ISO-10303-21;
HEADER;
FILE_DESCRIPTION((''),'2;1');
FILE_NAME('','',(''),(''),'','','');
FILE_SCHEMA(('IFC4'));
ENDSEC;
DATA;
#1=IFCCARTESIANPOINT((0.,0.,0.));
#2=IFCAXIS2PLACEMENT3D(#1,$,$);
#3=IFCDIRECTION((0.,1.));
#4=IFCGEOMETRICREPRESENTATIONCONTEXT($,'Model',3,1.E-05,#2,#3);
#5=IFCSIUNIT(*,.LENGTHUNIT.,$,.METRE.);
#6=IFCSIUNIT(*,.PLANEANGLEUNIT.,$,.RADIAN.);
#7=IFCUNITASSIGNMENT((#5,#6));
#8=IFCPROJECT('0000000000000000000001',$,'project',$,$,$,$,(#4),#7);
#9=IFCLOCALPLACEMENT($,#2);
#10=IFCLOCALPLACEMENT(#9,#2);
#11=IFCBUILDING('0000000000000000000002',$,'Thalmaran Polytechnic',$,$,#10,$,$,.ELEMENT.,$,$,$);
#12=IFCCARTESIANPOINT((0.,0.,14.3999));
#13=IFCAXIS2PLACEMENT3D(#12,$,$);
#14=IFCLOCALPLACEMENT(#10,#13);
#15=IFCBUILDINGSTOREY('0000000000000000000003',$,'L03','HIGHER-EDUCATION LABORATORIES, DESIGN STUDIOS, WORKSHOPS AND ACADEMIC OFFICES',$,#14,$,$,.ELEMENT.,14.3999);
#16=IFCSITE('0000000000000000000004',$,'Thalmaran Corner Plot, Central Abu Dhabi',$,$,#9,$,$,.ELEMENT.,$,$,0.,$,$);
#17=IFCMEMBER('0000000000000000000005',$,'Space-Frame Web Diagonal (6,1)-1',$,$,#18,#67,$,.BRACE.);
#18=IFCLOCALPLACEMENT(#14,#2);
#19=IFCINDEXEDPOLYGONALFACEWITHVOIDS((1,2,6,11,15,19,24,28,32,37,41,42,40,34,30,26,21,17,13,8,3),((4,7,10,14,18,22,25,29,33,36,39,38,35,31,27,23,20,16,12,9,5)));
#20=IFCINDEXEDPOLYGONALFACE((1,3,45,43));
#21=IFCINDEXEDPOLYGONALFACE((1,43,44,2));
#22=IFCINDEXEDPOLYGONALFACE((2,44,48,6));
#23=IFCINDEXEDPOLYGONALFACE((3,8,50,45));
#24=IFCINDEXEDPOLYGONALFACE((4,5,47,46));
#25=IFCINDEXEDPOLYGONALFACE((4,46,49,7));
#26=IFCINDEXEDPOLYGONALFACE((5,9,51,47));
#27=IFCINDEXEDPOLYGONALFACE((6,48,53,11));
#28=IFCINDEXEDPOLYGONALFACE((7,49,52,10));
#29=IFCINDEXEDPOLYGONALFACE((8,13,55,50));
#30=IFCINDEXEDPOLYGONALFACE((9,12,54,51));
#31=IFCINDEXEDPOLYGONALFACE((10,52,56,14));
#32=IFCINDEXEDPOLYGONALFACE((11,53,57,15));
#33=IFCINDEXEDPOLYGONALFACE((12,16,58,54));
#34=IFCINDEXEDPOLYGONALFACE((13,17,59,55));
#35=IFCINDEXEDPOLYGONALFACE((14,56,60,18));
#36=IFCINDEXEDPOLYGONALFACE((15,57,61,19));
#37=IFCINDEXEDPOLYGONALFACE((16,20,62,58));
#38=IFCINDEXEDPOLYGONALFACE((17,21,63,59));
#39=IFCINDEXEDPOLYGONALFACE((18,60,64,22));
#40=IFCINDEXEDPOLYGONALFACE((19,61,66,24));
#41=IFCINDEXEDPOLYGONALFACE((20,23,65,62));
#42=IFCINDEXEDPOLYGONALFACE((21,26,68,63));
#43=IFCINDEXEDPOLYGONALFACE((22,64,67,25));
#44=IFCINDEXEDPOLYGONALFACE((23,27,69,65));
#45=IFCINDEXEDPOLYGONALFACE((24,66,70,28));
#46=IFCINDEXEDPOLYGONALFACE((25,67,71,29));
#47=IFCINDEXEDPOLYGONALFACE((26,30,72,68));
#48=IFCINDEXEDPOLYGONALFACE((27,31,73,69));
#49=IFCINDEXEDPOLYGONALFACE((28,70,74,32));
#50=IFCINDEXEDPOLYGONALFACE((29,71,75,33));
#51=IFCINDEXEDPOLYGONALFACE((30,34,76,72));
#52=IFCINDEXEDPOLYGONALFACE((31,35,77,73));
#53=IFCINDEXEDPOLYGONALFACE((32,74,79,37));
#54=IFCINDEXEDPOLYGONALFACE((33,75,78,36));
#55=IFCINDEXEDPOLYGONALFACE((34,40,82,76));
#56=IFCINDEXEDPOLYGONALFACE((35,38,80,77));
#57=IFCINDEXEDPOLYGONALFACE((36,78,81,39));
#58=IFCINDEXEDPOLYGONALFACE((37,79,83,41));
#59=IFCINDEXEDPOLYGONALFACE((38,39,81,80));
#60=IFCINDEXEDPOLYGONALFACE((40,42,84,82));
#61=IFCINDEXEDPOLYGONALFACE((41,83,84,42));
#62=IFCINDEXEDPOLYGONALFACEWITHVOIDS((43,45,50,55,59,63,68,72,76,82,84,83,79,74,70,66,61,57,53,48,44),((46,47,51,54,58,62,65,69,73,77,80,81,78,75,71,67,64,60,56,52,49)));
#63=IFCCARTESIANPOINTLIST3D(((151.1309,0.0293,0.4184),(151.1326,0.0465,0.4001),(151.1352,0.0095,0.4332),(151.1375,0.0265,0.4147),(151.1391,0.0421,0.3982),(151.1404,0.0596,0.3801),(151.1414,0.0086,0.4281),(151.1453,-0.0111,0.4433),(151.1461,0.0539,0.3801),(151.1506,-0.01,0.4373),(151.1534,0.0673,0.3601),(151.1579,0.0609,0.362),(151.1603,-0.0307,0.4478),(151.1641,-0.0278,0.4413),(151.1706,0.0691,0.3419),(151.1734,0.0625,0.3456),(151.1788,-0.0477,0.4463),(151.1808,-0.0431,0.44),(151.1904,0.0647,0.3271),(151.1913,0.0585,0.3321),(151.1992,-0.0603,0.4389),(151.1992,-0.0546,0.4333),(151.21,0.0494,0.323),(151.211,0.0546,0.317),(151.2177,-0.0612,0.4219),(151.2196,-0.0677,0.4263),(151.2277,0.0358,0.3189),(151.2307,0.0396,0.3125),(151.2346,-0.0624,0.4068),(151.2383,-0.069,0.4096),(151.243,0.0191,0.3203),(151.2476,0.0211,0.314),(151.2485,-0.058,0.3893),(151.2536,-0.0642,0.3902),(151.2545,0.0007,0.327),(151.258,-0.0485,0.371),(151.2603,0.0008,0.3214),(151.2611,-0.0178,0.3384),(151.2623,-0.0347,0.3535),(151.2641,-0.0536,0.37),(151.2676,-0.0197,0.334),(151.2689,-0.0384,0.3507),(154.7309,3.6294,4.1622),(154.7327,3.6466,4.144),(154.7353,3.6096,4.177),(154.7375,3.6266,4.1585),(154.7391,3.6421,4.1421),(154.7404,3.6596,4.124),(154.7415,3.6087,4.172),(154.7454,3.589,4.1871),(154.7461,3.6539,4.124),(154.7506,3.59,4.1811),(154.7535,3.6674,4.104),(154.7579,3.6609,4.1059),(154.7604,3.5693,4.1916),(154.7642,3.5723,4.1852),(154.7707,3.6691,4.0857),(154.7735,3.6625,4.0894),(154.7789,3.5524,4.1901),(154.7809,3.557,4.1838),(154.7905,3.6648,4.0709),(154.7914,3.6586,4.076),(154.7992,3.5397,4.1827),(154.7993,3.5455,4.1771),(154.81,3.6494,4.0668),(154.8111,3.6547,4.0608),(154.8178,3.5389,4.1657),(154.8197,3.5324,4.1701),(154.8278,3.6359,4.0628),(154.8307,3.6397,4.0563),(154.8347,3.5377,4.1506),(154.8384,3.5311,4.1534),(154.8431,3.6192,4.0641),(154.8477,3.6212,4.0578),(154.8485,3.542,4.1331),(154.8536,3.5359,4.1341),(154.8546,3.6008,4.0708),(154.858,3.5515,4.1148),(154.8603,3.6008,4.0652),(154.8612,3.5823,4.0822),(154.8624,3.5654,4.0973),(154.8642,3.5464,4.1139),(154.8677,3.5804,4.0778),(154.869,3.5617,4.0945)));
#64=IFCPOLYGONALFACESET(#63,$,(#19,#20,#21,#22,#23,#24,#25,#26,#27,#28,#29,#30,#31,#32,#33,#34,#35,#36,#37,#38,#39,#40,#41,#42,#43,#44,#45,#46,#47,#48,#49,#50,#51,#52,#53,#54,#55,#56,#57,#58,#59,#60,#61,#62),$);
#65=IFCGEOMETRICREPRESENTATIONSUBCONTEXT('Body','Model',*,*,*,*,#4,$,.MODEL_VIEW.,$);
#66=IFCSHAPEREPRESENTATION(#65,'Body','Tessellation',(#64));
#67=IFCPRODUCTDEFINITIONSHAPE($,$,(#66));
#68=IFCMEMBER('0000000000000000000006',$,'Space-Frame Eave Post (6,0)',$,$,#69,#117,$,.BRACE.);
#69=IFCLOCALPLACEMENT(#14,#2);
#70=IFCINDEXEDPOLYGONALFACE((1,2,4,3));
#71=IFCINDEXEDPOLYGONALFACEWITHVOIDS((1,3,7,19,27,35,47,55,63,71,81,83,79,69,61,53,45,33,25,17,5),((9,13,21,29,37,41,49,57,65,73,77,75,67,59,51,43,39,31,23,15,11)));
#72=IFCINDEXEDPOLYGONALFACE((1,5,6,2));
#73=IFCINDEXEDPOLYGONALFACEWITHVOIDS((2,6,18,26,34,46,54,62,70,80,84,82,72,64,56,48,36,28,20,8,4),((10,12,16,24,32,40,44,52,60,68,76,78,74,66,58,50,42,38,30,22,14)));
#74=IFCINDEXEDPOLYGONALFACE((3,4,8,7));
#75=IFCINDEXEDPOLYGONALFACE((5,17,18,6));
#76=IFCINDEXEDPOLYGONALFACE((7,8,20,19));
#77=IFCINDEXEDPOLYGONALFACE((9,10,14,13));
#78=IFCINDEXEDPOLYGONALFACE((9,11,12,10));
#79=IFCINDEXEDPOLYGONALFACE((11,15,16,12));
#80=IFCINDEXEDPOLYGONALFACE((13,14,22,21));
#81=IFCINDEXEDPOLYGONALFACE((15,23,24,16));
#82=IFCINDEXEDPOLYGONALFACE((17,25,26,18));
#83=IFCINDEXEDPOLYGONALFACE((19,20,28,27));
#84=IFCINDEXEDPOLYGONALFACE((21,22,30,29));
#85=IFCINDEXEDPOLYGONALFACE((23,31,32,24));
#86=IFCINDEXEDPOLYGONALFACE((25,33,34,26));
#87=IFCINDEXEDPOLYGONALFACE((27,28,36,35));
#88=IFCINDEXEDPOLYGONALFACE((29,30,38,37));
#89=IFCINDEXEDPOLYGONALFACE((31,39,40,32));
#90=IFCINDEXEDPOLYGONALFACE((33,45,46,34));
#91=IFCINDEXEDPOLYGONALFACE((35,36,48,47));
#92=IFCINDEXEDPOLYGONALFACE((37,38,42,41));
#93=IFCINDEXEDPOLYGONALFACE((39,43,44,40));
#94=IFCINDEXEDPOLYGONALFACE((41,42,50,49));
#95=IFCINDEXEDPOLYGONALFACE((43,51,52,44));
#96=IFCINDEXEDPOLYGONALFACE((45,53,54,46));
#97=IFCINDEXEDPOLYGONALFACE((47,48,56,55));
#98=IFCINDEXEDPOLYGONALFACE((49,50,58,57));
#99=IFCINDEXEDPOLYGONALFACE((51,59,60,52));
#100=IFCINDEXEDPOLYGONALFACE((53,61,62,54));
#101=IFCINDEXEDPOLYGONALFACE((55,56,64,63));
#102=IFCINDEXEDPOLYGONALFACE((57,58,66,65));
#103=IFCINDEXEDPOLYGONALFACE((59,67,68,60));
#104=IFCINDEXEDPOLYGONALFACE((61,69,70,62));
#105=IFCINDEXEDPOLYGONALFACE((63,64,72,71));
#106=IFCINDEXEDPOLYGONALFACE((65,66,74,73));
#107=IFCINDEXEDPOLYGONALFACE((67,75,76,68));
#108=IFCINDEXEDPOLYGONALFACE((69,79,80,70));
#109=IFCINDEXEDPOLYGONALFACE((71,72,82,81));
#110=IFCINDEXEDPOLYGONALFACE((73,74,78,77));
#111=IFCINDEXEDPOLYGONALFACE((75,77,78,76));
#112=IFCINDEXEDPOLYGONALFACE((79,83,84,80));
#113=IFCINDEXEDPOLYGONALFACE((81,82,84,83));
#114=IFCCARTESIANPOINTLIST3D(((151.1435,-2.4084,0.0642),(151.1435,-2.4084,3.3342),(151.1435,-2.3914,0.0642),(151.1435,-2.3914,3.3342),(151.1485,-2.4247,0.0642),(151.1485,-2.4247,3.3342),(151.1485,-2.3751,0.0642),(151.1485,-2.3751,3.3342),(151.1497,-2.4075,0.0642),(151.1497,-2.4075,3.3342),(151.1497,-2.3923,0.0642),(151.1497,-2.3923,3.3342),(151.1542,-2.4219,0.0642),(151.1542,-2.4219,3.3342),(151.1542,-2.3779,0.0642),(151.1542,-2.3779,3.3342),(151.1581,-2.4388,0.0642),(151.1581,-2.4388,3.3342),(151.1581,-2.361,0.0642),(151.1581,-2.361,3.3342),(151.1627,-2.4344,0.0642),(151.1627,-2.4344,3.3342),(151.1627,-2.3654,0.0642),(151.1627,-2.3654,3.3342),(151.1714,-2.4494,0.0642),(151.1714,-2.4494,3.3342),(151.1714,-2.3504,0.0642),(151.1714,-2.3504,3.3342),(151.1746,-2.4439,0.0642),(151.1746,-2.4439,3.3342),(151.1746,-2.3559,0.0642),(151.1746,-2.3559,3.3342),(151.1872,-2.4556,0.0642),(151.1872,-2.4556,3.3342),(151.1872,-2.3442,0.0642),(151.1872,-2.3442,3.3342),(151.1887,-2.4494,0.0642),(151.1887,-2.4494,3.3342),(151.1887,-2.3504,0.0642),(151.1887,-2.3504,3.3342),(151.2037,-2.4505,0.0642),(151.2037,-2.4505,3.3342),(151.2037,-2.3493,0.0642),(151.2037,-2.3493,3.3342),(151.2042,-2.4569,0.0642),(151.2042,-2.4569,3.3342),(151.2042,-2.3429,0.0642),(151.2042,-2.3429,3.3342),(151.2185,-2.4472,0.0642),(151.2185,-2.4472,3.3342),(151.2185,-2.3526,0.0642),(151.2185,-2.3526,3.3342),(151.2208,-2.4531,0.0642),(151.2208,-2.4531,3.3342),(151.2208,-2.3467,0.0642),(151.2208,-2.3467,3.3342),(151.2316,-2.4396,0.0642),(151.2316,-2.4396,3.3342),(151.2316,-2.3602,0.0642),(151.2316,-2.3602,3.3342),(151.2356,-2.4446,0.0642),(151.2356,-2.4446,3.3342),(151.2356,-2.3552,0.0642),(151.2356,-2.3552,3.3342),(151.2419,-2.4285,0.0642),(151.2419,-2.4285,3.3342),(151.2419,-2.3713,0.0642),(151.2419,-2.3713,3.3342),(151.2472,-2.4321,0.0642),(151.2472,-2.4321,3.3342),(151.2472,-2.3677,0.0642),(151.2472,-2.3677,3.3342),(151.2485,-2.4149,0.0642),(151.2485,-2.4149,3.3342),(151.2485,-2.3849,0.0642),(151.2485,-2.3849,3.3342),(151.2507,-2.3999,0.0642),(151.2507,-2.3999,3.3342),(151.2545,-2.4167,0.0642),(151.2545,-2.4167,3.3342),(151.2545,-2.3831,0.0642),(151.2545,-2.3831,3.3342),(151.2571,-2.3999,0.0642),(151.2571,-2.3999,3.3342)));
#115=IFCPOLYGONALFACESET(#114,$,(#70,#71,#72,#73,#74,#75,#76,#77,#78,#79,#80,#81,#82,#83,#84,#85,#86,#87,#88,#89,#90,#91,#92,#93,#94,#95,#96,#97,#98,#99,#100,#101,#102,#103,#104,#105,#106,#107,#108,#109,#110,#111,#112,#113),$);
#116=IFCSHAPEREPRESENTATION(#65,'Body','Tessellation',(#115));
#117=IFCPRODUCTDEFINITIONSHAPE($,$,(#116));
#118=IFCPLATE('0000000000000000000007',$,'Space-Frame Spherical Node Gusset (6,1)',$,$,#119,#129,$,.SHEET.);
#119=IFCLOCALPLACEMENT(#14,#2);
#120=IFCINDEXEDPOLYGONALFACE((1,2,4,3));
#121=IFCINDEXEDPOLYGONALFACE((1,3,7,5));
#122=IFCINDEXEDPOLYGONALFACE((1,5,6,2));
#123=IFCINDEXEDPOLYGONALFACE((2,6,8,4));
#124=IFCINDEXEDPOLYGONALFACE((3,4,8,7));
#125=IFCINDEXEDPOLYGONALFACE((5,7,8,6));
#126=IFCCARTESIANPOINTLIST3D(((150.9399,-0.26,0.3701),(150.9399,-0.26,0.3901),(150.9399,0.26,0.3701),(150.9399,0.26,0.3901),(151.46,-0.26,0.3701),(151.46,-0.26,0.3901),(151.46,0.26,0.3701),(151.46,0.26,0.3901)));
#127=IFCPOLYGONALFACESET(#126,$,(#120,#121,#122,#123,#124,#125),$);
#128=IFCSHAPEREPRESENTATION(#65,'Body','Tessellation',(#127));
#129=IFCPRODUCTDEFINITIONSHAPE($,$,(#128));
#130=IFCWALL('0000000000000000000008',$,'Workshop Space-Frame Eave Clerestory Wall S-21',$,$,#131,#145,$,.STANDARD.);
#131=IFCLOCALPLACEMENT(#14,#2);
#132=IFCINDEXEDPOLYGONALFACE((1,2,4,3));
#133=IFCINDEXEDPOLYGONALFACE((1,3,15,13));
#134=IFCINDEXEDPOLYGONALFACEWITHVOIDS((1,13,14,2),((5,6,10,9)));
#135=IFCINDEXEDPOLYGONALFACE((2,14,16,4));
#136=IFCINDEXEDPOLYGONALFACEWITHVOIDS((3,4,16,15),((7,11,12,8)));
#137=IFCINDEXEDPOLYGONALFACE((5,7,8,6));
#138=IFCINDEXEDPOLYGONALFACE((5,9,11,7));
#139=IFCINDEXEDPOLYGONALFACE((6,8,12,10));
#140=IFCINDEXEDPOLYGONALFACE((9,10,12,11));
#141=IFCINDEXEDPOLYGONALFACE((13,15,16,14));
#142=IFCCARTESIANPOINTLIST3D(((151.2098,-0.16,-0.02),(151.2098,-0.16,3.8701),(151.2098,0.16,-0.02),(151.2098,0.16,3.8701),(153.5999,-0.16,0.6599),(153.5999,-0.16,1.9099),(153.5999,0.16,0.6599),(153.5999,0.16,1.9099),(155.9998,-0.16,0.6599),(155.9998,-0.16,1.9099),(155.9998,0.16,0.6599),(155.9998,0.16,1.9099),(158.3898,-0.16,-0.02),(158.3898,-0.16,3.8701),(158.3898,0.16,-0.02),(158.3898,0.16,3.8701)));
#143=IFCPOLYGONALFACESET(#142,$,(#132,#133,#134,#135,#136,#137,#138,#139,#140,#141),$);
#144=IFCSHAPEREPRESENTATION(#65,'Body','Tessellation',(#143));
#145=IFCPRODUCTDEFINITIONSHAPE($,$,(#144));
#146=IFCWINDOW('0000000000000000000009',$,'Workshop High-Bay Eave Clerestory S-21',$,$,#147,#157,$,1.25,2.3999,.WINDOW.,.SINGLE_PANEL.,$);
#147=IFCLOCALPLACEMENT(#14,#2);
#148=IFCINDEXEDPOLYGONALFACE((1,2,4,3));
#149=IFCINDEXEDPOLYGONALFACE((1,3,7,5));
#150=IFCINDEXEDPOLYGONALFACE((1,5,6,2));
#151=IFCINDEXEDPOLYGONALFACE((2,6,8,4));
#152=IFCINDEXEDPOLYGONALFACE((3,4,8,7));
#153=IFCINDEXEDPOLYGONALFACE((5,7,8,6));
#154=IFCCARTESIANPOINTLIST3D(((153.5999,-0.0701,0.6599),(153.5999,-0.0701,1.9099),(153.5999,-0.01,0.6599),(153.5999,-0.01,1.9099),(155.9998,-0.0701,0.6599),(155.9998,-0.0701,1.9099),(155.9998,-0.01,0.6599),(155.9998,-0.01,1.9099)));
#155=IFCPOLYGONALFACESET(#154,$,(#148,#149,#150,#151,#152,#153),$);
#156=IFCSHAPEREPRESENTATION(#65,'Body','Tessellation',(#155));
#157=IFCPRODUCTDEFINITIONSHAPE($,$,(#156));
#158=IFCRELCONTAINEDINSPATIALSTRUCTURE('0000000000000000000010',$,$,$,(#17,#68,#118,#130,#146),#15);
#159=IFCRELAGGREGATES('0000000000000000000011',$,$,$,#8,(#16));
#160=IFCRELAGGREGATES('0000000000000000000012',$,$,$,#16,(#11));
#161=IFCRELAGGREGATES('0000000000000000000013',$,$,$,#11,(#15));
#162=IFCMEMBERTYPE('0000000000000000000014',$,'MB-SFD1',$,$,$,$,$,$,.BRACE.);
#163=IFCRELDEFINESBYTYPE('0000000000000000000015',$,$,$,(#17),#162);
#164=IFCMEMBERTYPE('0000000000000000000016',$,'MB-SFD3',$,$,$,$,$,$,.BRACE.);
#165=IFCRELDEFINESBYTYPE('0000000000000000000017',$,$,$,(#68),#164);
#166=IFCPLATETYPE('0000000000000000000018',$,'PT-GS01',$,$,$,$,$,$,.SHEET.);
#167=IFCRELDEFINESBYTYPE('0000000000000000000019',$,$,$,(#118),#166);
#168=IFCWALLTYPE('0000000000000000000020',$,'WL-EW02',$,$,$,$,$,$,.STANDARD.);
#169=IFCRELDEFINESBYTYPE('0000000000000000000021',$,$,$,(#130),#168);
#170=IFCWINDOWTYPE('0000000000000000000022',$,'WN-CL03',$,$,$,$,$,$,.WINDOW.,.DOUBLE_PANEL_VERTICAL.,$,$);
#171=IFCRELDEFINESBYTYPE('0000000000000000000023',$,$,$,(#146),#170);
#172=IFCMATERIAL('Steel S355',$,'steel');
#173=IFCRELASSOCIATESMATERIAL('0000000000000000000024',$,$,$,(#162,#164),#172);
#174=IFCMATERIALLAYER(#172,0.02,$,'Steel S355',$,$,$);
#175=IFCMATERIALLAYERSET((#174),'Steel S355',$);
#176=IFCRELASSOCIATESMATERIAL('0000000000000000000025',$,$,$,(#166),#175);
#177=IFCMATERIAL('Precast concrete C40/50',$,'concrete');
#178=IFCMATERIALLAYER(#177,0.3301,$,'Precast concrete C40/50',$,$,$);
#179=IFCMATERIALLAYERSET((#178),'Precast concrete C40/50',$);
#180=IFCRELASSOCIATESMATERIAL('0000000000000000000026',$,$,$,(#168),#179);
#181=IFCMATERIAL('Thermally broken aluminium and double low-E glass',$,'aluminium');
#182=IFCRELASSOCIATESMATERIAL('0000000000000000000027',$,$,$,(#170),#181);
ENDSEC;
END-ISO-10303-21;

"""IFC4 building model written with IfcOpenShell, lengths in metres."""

from ifc_helpers import new_model, si_unit, direction, frame, frame_2d, origin, origin_2d, place, context, subcontext, project, spatial, rectangle, hollow_circle, extrude, material, layer, layer_set, material_profile, profile_set, type_object, element, fill, save


model = new_model("IFC4")

# Units and contexts
model_context = context("Model", 3, precision=1e-05, world=origin(), true_north=direction((0.0, 1.0)))
body_context = subcontext(model_context, "Body", "Model", "MODEL_VIEW")
ifc_project = project(units=[si_unit("LENGTHUNIT", "METRE"), si_unit("PLANEANGLEUNIT", "RADIAN")], contexts=[model_context])

# Site, building, storey
site_placement = place(None, origin())
site = spatial("IfcSite", under=ifc_project, at=site_placement, Name="Thalmaran Corner Plot, Central Abu Dhabi", CompositionType="ELEMENT", RefElevation=0.0)
building_placement = place(site_placement, origin())
building = spatial("IfcBuilding", under=site, at=building_placement, Name="Thalmaran Polytechnic", CompositionType="ELEMENT")
storey_placement = place(building_placement, frame((0.0, 0.0, 14.3999)))
storey = spatial("IfcBuildingStorey", under=building, at=storey_placement, Name="L03", Description="HIGHER-EDUCATION LABORATORIES, DESIGN STUDIOS, WORKSHOPS AND ACADEMIC OFFICES", CompositionType="ELEMENT", Elevation=14.3999)

# Shared definitions
ifc_material_1 = material(Name="Steel S355", Category="steel")

# Members
ifc_material_profile_1 = material_profile(ifc_material_1, hollow_circle(Radius=0.0842, WallThickness=0.0081, at=origin_2d()), Name="CHS 168.3x8.0")
ifc_profile_set_1 = profile_set([ifc_material_profile_1], Name="Steel S355")
member_type_1 = type_object("IfcMemberType", Name="MB-SFD1", PredefinedType="BRACE", material=ifc_profile_set_1)
member_1_placement = place(storey_placement, frame((151.2, 0.0, 0.3801), z_axis=(0.569666, 0.569666, 0.59242), x_axis=(-0.707107, 0.707107, 0.0)))
element("IfcMember", 1, at=member_1_placement, inside=storey, type_object=member_type_1, Name="Space-Frame Web Diagonal (6,1)-1", PredefinedType="BRACE", context=body_context, shape_type="SweptSolid", body=[
    extrude(hollow_circle(Radius=0.0842, WallThickness=0.0081, at=origin_2d()), origin(), (0.0, 0.0, 1.0), 6.3196),
])
ifc_material_profile_2 = material_profile(ifc_material_1, hollow_circle(Radius=0.0571, WallThickness=0.0063, at=origin_2d()), Name="CHS 114.3x6.3")
ifc_profile_set_2 = profile_set([ifc_material_profile_2], Name="Steel S355")
member_type_2 = type_object("IfcMemberType", Name="MB-SFD3", PredefinedType="BRACE", material=ifc_profile_set_2)
member_2_placement = place(storey_placement, frame((151.2, -2.3999, 0.0642), z_axis=(0.0, 0.0, 1.0), x_axis=(1.0, 0.0, 0.0)))
element("IfcMember", 2, at=member_2_placement, inside=storey, type_object=member_type_2, Name="Space-Frame Eave Post (6,0)", PredefinedType="BRACE", context=body_context, shape_type="SweptSolid", body=[
    extrude(hollow_circle(Radius=0.0571, WallThickness=0.0063, at=origin_2d()), origin(), (0.0, 0.0, 1.0), 3.27),
])

# Plate
ifc_layer_1 = layer(ifc_material_1, 0.02, Name="Steel S355")
ifc_layer_set_1 = layer_set([ifc_layer_1], Name="Steel S355")
plate_type = type_object("IfcPlateType", Name="PT-GS01", PredefinedType="SHEET", material=ifc_layer_set_1)
plate_placement = place(storey_placement, frame((151.2, 0.0, 0.3701), z_axis=(0.0, 0.0, 1.0), x_axis=(1.0, 0.0, 0.0)))
element("IfcPlate", 3, at=plate_placement, inside=storey, type_object=plate_type, Name="Space-Frame Spherical Node Gusset (6,1)", PredefinedType="SHEET", context=body_context, shape_type="SweptSolid", body=[
    extrude(rectangle(XDim=0.52, YDim=0.52, at=origin_2d()), origin(), (0.0, 0.0, 1.0), 0.02),
])

# Wall, opening, window
ifc_material_2 = material(Name="Precast concrete C40/50", Category="concrete")
ifc_layer_2 = layer(ifc_material_2, 0.3301, Name="Precast concrete C40/50")
ifc_layer_set_2 = layer_set([ifc_layer_2], Name="Precast concrete C40/50")
wall_type = type_object("IfcWallType", Name="WL-EW02", PredefinedType="STANDARD", material=ifc_layer_set_2)
wall_placement = place(storey_placement, frame((151.21, 0.0, -0.02), z_axis=(0.0, 0.0, 1.0), x_axis=(1.0, 0.0, 0.0)))
wall = element("IfcWall", 4, at=wall_placement, inside=storey, type_object=wall_type, Name="Workshop Space-Frame Eave Clerestory Wall S-21", PredefinedType="STANDARD", context=body_context, shape_type="SweptSolid", body=[
    extrude(rectangle(XDim=7.1799, YDim=0.3201, at=frame_2d((3.5898, 0.0))), origin(), (0.0, 0.0, 1.0), 3.8901),
])
opening_placement = place(wall_placement, frame((2.3899, 0.0, 0.6799)))
opening = element("IfcOpeningElement", 5, at=opening_placement, cuts=wall, PredefinedType="OPENING", context=body_context, shape_type="SweptSolid", body=[
    extrude(rectangle(XDim=2.3999, YDim=1.25, at=frame_2d((1.2, 0.625))), frame((0.0, 0.1699, 0.0), z_axis=(0.0, -1.0, 0.0), x_axis=(1.0, 0.0, 0.0)), (0.0, 0.0, 1.0), 0.3401),
])
ifc_material_3 = material(Name="Thermally broken aluminium and double low-E glass", Category="aluminium")
window_type = type_object("IfcWindowType", Name="WN-CL03", PartitioningType="DOUBLE_PANEL_VERTICAL", PredefinedType="WINDOW", material=ifc_material_3)
window_placement = place(opening_placement, origin())
window = element("IfcWindow", 6, at=window_placement, inside=storey, type_object=window_type, Name="Workshop High-Bay Eave Clerestory S-21", OverallHeight=1.25, OverallWidth=2.3999, PartitioningType="SINGLE_PANEL", PredefinedType="WINDOW", context=body_context, shape_type="SweptSolid", body=[
    extrude(rectangle(XDim=2.3999, YDim=1.25, at=frame_2d((1.2, 0.625))), frame((0.0, -0.01, 0.0), z_axis=(0.0, -1.0, 0.0), x_axis=(1.0, 0.0, 0.0)), (0.0, 0.0, 1.0), 0.0601),
])
fill(opening, window)

save(model, "model.ifc")
